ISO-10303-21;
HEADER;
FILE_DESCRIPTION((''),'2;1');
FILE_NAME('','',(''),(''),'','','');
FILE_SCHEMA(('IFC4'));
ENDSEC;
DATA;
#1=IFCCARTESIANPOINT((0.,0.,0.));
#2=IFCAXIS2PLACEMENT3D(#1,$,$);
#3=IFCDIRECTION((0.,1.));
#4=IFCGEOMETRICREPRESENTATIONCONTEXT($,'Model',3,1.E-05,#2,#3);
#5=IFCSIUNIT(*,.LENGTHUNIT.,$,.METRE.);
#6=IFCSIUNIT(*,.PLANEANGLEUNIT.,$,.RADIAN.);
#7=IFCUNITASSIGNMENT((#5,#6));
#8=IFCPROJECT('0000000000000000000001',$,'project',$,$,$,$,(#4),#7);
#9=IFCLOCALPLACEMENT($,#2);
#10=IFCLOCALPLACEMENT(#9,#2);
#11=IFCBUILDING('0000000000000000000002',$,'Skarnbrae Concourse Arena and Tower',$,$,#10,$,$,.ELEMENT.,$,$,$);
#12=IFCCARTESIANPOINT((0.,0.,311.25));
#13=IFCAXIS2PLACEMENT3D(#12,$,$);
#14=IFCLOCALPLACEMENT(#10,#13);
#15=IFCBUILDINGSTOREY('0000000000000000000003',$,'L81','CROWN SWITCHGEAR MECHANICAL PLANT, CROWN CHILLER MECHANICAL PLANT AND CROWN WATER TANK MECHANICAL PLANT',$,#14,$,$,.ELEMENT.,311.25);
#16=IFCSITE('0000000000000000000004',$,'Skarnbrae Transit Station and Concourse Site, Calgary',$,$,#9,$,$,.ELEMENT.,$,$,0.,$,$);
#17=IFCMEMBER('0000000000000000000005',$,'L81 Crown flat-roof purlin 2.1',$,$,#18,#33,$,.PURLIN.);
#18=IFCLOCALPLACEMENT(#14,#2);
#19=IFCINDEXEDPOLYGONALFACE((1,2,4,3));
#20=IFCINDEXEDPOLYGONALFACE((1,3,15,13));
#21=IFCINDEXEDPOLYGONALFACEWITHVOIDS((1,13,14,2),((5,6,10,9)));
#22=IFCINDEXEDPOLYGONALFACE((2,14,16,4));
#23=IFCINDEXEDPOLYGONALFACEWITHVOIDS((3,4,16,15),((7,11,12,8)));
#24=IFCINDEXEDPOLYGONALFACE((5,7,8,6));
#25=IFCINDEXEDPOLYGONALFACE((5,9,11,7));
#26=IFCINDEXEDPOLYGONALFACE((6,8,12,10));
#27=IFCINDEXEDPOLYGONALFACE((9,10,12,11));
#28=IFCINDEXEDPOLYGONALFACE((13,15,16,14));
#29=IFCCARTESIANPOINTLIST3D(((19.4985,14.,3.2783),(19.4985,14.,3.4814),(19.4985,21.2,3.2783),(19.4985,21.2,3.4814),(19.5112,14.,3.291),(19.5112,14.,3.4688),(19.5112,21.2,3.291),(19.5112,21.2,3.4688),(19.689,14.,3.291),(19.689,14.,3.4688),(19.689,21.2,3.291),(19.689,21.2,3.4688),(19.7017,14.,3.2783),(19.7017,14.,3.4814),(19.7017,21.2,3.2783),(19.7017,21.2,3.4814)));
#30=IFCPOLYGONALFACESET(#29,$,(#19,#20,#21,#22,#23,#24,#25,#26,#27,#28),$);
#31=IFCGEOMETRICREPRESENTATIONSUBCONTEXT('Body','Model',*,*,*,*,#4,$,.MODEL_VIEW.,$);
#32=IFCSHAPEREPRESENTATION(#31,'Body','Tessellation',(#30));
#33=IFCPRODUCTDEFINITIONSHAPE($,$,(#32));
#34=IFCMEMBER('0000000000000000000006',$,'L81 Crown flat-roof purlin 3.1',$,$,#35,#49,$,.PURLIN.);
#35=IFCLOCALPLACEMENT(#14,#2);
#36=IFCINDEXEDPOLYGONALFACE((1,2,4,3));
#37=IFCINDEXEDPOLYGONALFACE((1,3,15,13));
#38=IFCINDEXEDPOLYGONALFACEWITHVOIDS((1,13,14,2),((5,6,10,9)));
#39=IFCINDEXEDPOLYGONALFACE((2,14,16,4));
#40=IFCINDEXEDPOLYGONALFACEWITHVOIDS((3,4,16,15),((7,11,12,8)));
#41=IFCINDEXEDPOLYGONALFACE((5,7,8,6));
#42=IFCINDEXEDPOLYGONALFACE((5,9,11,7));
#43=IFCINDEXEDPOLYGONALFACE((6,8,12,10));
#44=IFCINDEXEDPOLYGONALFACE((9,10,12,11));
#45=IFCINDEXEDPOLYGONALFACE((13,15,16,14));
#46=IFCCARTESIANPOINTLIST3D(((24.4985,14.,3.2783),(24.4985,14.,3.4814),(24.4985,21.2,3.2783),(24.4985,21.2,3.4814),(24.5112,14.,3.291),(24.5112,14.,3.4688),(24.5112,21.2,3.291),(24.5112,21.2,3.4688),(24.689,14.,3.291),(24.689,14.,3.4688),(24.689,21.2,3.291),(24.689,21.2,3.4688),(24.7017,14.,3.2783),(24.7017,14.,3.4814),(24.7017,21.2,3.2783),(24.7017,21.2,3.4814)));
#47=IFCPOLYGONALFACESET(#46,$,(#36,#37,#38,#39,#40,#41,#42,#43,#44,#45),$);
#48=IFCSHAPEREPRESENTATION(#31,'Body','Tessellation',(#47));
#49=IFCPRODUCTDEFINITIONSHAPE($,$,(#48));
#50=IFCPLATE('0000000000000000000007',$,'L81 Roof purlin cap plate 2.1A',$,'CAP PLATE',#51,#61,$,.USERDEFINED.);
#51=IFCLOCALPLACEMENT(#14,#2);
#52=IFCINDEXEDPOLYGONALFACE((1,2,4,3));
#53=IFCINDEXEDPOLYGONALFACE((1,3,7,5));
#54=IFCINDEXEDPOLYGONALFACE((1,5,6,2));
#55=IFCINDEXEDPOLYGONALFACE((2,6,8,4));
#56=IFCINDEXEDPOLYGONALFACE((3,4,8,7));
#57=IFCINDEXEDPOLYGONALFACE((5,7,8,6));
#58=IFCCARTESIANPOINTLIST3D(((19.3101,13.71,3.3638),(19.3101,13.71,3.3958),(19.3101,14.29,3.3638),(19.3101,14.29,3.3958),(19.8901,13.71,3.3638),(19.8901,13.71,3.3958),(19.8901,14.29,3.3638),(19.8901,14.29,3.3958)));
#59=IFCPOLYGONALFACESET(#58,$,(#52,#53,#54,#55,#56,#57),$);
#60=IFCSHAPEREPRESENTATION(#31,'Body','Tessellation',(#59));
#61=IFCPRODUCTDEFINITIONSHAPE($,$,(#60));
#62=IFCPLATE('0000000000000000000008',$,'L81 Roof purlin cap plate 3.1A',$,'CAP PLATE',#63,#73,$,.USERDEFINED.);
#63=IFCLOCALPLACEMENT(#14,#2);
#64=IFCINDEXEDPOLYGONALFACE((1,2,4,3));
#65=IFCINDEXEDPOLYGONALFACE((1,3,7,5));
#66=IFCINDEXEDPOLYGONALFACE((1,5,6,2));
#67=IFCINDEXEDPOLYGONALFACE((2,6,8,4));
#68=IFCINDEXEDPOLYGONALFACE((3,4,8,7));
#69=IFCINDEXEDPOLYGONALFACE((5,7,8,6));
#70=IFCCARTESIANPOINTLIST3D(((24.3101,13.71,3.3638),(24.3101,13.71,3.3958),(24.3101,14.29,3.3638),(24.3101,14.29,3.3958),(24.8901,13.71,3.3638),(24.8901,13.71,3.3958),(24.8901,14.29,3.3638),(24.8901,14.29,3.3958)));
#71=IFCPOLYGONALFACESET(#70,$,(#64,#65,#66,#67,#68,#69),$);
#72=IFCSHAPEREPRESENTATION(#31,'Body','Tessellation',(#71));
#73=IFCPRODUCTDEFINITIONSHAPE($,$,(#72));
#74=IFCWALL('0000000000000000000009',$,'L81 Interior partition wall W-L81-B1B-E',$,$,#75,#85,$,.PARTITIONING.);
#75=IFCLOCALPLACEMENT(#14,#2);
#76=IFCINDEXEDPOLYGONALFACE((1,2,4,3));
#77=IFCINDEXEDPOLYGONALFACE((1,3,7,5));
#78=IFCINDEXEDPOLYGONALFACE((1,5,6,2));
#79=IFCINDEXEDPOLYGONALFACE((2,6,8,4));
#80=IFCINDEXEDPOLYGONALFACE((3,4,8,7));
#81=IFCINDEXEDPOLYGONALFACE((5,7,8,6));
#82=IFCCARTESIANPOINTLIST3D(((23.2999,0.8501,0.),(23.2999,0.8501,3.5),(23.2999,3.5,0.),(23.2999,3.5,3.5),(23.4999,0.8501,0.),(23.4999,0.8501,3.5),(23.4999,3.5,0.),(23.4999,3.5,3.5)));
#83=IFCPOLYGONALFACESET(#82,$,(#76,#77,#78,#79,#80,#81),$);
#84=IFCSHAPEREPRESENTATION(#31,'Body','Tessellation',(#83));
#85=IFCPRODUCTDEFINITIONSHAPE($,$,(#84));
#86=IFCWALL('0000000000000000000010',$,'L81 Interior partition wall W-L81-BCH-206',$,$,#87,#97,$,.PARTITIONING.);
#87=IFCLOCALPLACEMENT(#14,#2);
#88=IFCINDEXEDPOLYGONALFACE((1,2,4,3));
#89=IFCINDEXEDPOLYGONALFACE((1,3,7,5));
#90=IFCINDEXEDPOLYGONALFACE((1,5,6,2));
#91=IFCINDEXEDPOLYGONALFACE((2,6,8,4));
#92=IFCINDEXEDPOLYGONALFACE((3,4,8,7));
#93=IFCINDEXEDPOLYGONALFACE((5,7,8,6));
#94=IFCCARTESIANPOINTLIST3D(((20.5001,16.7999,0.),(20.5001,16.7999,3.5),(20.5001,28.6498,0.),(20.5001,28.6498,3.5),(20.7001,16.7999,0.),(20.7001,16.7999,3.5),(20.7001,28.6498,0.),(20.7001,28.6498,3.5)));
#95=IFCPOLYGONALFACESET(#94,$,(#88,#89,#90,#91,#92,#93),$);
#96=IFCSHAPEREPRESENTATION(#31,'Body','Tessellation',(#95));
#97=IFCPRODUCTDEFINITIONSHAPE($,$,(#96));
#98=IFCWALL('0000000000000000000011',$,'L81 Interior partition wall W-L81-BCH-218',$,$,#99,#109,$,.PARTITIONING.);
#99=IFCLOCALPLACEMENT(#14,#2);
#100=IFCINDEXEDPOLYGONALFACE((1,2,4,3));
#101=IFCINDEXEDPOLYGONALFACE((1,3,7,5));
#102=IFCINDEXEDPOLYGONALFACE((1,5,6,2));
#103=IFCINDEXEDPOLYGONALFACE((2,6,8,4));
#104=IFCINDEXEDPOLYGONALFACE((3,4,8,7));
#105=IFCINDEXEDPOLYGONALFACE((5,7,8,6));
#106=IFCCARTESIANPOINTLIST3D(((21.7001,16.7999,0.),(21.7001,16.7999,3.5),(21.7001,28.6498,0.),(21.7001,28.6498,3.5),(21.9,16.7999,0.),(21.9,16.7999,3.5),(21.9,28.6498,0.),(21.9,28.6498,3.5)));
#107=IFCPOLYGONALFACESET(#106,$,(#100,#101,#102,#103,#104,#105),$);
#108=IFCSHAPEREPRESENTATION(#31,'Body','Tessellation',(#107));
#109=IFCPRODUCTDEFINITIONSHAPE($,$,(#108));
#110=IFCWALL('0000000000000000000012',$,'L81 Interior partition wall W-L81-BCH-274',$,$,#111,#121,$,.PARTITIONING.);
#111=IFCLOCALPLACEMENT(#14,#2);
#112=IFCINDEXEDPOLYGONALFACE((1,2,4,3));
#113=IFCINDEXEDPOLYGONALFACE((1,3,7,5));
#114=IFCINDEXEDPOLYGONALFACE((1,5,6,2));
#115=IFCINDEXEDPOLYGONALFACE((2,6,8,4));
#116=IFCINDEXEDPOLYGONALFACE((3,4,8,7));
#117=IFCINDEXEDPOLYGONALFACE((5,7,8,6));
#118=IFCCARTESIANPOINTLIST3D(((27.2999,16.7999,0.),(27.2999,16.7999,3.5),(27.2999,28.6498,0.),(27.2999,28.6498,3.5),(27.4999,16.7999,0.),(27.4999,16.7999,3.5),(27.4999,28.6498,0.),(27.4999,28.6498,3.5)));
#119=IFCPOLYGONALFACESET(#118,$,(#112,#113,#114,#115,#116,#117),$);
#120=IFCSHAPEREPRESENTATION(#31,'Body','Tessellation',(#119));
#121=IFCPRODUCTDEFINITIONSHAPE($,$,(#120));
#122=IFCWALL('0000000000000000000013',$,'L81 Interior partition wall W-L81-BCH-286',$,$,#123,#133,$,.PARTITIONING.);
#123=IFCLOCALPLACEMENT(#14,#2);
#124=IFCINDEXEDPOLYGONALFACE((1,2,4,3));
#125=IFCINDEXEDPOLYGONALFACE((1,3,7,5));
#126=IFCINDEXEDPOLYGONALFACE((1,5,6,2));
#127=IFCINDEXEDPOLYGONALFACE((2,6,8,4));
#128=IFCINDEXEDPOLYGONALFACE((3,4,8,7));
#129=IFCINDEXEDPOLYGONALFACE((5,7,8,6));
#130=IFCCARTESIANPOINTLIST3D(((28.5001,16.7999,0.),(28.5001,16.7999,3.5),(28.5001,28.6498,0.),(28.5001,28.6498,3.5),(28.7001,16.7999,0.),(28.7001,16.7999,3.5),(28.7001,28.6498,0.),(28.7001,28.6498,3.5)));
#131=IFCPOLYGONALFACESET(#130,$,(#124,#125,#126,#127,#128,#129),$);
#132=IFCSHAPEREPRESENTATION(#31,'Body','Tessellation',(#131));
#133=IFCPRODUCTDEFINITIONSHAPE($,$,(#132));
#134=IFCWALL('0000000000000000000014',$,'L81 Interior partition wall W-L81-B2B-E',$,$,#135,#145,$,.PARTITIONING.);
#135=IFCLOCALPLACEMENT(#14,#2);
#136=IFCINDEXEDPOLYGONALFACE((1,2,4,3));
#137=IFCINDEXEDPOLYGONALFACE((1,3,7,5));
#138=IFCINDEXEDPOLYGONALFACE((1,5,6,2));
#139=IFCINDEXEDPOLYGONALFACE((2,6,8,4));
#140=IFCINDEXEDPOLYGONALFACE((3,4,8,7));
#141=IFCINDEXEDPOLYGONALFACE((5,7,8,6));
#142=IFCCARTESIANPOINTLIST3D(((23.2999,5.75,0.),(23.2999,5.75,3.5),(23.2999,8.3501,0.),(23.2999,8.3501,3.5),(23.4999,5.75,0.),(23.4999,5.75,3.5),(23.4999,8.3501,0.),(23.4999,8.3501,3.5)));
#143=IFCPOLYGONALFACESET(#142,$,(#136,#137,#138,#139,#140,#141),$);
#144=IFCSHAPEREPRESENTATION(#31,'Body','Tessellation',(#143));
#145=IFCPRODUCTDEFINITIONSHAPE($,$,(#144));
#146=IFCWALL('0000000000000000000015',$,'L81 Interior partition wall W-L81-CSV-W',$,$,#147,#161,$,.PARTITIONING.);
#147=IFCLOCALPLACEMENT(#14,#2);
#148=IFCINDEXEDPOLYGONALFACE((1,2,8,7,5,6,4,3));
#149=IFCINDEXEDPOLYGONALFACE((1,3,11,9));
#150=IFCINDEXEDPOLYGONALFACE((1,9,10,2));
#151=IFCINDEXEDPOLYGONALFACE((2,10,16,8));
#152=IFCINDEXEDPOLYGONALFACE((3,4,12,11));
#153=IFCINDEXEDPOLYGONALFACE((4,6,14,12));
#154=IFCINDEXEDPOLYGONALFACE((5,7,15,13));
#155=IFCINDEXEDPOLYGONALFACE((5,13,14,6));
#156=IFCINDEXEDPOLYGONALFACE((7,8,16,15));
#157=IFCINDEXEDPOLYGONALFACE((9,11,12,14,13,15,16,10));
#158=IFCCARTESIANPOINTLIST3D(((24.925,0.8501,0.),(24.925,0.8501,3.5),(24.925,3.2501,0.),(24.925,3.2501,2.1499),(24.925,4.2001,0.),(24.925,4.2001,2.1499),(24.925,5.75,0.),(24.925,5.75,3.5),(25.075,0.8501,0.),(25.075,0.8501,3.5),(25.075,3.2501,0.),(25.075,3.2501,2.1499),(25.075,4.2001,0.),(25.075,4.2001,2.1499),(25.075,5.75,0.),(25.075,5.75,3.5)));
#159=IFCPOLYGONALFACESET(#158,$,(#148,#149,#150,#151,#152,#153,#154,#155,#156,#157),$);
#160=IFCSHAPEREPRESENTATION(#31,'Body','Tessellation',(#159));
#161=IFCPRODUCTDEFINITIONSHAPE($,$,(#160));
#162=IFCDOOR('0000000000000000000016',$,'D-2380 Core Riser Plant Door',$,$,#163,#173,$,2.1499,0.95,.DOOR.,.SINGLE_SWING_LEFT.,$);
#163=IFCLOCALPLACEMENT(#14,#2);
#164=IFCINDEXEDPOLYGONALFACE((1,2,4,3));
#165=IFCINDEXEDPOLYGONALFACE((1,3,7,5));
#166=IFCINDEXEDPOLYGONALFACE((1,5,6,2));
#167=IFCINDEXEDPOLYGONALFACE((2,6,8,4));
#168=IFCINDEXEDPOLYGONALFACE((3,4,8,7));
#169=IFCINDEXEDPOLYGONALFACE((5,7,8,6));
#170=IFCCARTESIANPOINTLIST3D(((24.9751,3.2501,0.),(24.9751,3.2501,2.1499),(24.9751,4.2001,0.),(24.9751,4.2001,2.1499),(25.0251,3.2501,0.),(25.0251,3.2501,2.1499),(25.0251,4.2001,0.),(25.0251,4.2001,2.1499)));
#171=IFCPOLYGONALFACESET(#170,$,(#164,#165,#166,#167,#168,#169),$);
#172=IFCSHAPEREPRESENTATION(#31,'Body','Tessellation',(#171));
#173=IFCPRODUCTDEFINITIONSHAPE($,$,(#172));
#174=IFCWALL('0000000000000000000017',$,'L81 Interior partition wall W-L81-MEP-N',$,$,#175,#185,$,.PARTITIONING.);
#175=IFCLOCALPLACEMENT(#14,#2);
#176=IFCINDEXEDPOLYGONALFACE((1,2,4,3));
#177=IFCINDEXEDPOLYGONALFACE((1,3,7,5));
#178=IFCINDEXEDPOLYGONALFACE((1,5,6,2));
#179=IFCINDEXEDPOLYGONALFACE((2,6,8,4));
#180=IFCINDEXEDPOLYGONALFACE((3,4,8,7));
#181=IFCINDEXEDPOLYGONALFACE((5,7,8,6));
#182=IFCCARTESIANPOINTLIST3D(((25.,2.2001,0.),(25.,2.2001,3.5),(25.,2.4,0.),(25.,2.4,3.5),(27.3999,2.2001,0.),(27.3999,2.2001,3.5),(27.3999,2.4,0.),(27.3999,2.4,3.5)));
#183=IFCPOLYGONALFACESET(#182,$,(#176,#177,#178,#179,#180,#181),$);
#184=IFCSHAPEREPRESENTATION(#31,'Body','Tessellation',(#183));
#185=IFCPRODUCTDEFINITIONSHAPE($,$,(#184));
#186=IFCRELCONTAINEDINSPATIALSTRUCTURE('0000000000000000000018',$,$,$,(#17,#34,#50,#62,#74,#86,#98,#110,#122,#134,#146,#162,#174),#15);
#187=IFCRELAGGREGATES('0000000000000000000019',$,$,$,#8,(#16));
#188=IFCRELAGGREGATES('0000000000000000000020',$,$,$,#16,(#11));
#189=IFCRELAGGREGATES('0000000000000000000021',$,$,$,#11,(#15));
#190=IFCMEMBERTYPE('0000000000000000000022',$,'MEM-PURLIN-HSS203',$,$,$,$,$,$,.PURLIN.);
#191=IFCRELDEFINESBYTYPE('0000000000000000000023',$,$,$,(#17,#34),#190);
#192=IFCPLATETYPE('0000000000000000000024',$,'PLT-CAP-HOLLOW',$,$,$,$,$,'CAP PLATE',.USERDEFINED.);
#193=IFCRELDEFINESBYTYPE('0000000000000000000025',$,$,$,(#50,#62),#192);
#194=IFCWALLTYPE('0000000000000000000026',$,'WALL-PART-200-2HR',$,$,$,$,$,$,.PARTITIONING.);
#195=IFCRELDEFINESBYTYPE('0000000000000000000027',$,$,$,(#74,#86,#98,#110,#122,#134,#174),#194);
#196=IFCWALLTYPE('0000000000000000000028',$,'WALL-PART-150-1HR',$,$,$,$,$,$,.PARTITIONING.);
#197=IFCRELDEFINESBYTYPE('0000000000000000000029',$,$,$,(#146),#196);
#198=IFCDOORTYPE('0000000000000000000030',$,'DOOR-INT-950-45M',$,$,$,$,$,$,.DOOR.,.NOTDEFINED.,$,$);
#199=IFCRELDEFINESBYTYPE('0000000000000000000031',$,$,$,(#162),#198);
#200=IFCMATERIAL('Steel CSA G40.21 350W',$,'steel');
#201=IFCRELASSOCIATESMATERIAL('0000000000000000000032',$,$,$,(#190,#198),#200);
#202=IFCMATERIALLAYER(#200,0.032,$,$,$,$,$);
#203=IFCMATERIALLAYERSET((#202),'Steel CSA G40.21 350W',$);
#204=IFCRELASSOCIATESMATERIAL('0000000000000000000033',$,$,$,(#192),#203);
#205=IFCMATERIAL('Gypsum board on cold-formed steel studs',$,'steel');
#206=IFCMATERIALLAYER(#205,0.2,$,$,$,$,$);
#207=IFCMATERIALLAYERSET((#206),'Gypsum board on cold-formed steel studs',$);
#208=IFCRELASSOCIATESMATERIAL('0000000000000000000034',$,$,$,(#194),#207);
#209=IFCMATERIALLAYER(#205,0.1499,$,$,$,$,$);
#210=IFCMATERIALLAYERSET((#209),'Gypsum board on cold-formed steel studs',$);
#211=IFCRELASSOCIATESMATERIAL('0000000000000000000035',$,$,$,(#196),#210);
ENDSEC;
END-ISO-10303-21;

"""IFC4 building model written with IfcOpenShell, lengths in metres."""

from ifc_helpers import new_model, si_unit, direction, frame, frame_2d, origin, origin_2d, place, context, subcontext, project, spatial, rectangle, hollow_rectangle, extrude, source, transform, mapped, material, layer, layer_set, material_profile, profile_set, type_object, element, fill, save


model = new_model("IFC4")

# Units and contexts
model_context = context("Model", 3, precision=1e-05, world=origin(), true_north=direction((0.0, 1.0)))
body_context = subcontext(model_context, "Body", "Model", "MODEL_VIEW")
ifc_project = project(units=[si_unit("LENGTHUNIT", "METRE"), si_unit("PLANEANGLEUNIT", "RADIAN")], contexts=[model_context])

# Site, building, storey
site_placement = place(None, origin())
site = spatial("IfcSite", under=ifc_project, at=site_placement, Name="Skarnbrae Transit Station and Concourse Site, Calgary", CompositionType="ELEMENT", RefElevation=0.0)
building_placement = place(site_placement, origin())
building = spatial("IfcBuilding", under=site, at=building_placement, Name="Skarnbrae Concourse Arena and Tower", CompositionType="ELEMENT")
storey_placement = place(building_placement, frame((0.0, 0.0, 311.25)))
storey = spatial("IfcBuildingStorey", under=building, at=storey_placement, Name="L81", Description="CROWN SWITCHGEAR MECHANICAL PLANT, CROWN CHILLER MECHANICAL PLANT AND CROWN WATER TANK MECHANICAL PLANT", CompositionType="ELEMENT", Elevation=311.25)

# Shared definitions
ifc_material_1 = material(Name="Steel CSA G40.21 350W", Category="steel")

# Members
ifc_material_profile_1 = material_profile(ifc_material_1, hollow_rectangle(XDim=0.2031, YDim=0.2031, WallThickness=0.0127, at=origin_2d()), Name="HSS203X203X12.7")
ifc_profile_set_1 = profile_set([ifc_material_profile_1], Name="Steel CSA G40.21 350W")
member_type = type_object("IfcMemberType", Name="MEM-PURLIN-HSS203", PredefinedType="PURLIN", material=ifc_profile_set_1)
shared_shape_1 = source(origin(), body_context, "Body", "SweptSolid", [
    extrude(hollow_rectangle(XDim=0.2031, YDim=0.2031, WallThickness=0.0127, at=origin_2d()), origin(), (0.0, 0.0, 1.0), 7.2),
])
for number, where, z_axis, x_axis, name in (
    (1, (19.6001, 14.0, 3.3799), (0.0, 1.0, 0.0), (-1.0, 0.0, 0.0), "L81 Crown flat-roof purlin 2.1"),
    (2, (24.6001, 14.0, 3.3799), (0.0, 1.0, 0.0), (-1.0, 0.0, 0.0), "L81 Crown flat-roof purlin 3.1"),
):
    element("IfcMember", number, at=place(storey_placement, frame(where, z_axis=z_axis, x_axis=x_axis)), inside=storey, type_object=member_type, Name=name, PredefinedType="PURLIN", context=body_context, shape_type="MappedRepresentation", body=[
        mapped(shared_shape_1, transform((0.0, 0.0, 0.0))),
    ])

# Plates
ifc_layer_1 = layer(ifc_material_1, 0.032)
ifc_layer_set_1 = layer_set([ifc_layer_1], Name="Steel CSA G40.21 350W")
plate_type = type_object("IfcPlateType", Name="PLT-CAP-HOLLOW", ElementType="CAP PLATE", PredefinedType="USERDEFINED", material=ifc_layer_set_1)
shared_shape_2 = source(origin(), body_context, "Body", "SweptSolid", [
    extrude(rectangle(XDim=0.5801, YDim=0.5801, at=origin_2d()), origin(), (0.0, 0.0, 1.0), 0.032),
])
for number, where, z_axis, x_axis, name in (
    (3, (19.6001, 14.0, 3.3638), (0.0, 0.0, 1.0), (1.0, 0.0, 0.0), "L81 Roof purlin cap plate 2.1A"),
    (4, (24.6001, 14.0, 3.3638), (0.0, 0.0, 1.0), (1.0, 0.0, 0.0), "L81 Roof purlin cap plate 3.1A"),
):
    element("IfcPlate", number, at=place(storey_placement, frame(where, z_axis=z_axis, x_axis=x_axis)), inside=storey, type_object=plate_type, Name=name, ObjectType="CAP PLATE", PredefinedType="USERDEFINED", context=body_context, shape_type="MappedRepresentation", body=[
        mapped(shared_shape_2, transform((0.0, 0.0, 0.0))),
    ])

# Walls
ifc_material_2 = material(Name="Gypsum board on cold-formed steel studs", Category="steel")
ifc_layer_2 = layer(ifc_material_2, 0.2)
ifc_layer_set_2 = layer_set([ifc_layer_2], Name="Gypsum board on cold-formed steel studs")
wall_type_1 = type_object("IfcWallType", Name="WALL-PART-200-2HR", PredefinedType="PARTITIONING", material=ifc_layer_set_2)
shared_shape_3 = source(origin(), body_context, "Body", "SweptSolid", [
    extrude(rectangle(XDim=2.6499, YDim=0.2, at=frame_2d((1.325, 0.0))), origin(), (0.0, 0.0, 1.0), 3.5),
])
wall_1_placement = place(storey_placement, frame((23.3999, 0.8501, 0.0), z_axis=(0.0, 0.0, 1.0), x_axis=(0.0, 1.0, 0.0)))
element("IfcWall", 5, at=wall_1_placement, inside=storey, type_object=wall_type_1, Name="L81 Interior partition wall W-L81-B1B-E", PredefinedType="PARTITIONING", context=body_context, shape_type="MappedRepresentation", body=[
    mapped(shared_shape_3, transform((0.0, 0.0, 0.0))),
])
shared_shape_4 = source(origin(), body_context, "Body", "SweptSolid", [
    extrude(rectangle(XDim=11.8499, YDim=0.2, at=frame_2d((5.9248, 0.0))), origin(), (0.0, 0.0, 1.0), 3.5),
])
for number, where, z_axis, x_axis, name in (
    (6, (20.6001, 16.8, 0.0), (0.0, 0.0, 1.0), (0.0, 1.0, 0.0), "L81 Interior partition wall W-L81-BCH-206"),
    (7, (21.8, 16.8, 0.0), (0.0, 0.0, 1.0), (0.0, 1.0, 0.0), "L81 Interior partition wall W-L81-BCH-218"),
    (8, (27.3999, 16.8, 0.0), (0.0, 0.0, 1.0), (0.0, 1.0, 0.0), "L81 Interior partition wall W-L81-BCH-274"),
    (9, (28.6001, 16.8, 0.0), (0.0, 0.0, 1.0), (0.0, 1.0, 0.0), "L81 Interior partition wall W-L81-BCH-286"),
):
    element("IfcWall", number, at=place(storey_placement, frame(where, z_axis=z_axis, x_axis=x_axis)), inside=storey, type_object=wall_type_1, Name=name, PredefinedType="PARTITIONING", context=body_context, shape_type="MappedRepresentation", body=[
        mapped(shared_shape_4, transform((0.0, 0.0, 0.0))),
    ])
shared_shape_5 = source(origin(), body_context, "Body", "SweptSolid", [
    extrude(rectangle(XDim=2.6001, YDim=0.2, at=frame_2d((1.3, 0.0))), origin(), (0.0, 0.0, 1.0), 3.5),
])
wall_2_placement = place(storey_placement, frame((23.3999, 5.75, 0.0), z_axis=(0.0, 0.0, 1.0), x_axis=(0.0, 1.0, 0.0)))
element("IfcWall", 10, at=wall_2_placement, inside=storey, type_object=wall_type_1, Name="L81 Interior partition wall W-L81-B2B-E", PredefinedType="PARTITIONING", context=body_context, shape_type="MappedRepresentation", body=[
    mapped(shared_shape_5, transform((0.0, 0.0, 0.0))),
])

# Wall, opening, door
ifc_layer_3 = layer(ifc_material_2, 0.1499)
ifc_layer_set_3 = layer_set([ifc_layer_3], Name="Gypsum board on cold-formed steel studs")
wall_type_2 = type_object("IfcWallType", Name="WALL-PART-150-1HR", PredefinedType="PARTITIONING", material=ifc_layer_set_3)
shared_shape_6 = source(origin(), body_context, "Body", "SweptSolid", [
    extrude(rectangle(XDim=4.8999, YDim=0.1499, at=frame_2d((2.45, 0.0))), origin(), (0.0, 0.0, 1.0), 3.5),
])
wall_3_placement = place(storey_placement, frame((25.0, 0.8501, 0.0), z_axis=(0.0, 0.0, 1.0), x_axis=(0.0, 1.0, 0.0)))
wall_3 = element("IfcWall", 11, at=wall_3_placement, inside=storey, type_object=wall_type_2, Name="L81 Interior partition wall W-L81-CSV-W", PredefinedType="PARTITIONING", context=body_context, shape_type="MappedRepresentation", body=[
    mapped(shared_shape_6, transform((0.0, 0.0, 0.0))),
])
opening_1_placement = place(wall_3_placement, frame((2.3999, 0.0, 0.0)))
opening_1 = element("IfcOpeningElement", 12, at=opening_1_placement, cuts=wall_3, PredefinedType="OPENING", context=body_context, shape_type="SweptSolid", body=[
    extrude(rectangle(XDim=0.95, YDim=2.1499, at=frame_2d((0.4751, 1.075))), frame((0.0, 0.085, 0.0), z_axis=(0.0, -1.0, 0.0), x_axis=(1.0, 0.0, 0.0)), (0.0, 0.0, 1.0), 0.1699),
])
door_type_1 = type_object("IfcDoorType", Name="DOOR-INT-950-45M", OperationType="NOTDEFINED", PredefinedType="DOOR", material=ifc_material_1)
shared_shape_7 = source(origin(), body_context, "Body", "SweptSolid", [
    extrude(rectangle(XDim=0.95, YDim=2.1499, at=frame_2d((0.4751, 1.075))), frame((0.0, 0.0249, 0.0), z_axis=(0.0, -1.0, 0.0), x_axis=(1.0, 0.0, 0.0)), (0.0, 0.0, 1.0), 0.05),
])
door_1_placement = place(opening_1_placement, origin())
door_1 = element("IfcDoor", 13, at=door_1_placement, inside=storey, type_object=door_type_1, Name="D-2380 Core Riser Plant Door", OperationType="SINGLE_SWING_LEFT", OverallHeight=2.1499, OverallWidth=0.95, PredefinedType="DOOR", context=body_context, shape_type="MappedRepresentation", body=[
    mapped(shared_shape_7, transform((0.0, 0.0, 0.0))),
])
fill(opening_1, door_1)

# Wall
shared_shape_8 = source(origin(), body_context, "Body", "SweptSolid", [
    extrude(rectangle(XDim=2.3999, YDim=0.2, at=frame_2d((1.2, 0.0))), origin(), (0.0, 0.0, 1.0), 3.5),
])
wall_4_placement = place(storey_placement, frame((25.0, 2.3, 0.0), z_axis=(0.0, 0.0, 1.0), x_axis=(1.0, 0.0, 0.0)))
element("IfcWall", 14, at=wall_4_placement, inside=storey, type_object=wall_type_1, Name="L81 Interior partition wall W-L81-MEP-N", PredefinedType="PARTITIONING", context=body_context, shape_type="MappedRepresentation", body=[
    mapped(shared_shape_8, transform((0.0, 0.0, 0.0))),
])

save(model, "model.ifc")
